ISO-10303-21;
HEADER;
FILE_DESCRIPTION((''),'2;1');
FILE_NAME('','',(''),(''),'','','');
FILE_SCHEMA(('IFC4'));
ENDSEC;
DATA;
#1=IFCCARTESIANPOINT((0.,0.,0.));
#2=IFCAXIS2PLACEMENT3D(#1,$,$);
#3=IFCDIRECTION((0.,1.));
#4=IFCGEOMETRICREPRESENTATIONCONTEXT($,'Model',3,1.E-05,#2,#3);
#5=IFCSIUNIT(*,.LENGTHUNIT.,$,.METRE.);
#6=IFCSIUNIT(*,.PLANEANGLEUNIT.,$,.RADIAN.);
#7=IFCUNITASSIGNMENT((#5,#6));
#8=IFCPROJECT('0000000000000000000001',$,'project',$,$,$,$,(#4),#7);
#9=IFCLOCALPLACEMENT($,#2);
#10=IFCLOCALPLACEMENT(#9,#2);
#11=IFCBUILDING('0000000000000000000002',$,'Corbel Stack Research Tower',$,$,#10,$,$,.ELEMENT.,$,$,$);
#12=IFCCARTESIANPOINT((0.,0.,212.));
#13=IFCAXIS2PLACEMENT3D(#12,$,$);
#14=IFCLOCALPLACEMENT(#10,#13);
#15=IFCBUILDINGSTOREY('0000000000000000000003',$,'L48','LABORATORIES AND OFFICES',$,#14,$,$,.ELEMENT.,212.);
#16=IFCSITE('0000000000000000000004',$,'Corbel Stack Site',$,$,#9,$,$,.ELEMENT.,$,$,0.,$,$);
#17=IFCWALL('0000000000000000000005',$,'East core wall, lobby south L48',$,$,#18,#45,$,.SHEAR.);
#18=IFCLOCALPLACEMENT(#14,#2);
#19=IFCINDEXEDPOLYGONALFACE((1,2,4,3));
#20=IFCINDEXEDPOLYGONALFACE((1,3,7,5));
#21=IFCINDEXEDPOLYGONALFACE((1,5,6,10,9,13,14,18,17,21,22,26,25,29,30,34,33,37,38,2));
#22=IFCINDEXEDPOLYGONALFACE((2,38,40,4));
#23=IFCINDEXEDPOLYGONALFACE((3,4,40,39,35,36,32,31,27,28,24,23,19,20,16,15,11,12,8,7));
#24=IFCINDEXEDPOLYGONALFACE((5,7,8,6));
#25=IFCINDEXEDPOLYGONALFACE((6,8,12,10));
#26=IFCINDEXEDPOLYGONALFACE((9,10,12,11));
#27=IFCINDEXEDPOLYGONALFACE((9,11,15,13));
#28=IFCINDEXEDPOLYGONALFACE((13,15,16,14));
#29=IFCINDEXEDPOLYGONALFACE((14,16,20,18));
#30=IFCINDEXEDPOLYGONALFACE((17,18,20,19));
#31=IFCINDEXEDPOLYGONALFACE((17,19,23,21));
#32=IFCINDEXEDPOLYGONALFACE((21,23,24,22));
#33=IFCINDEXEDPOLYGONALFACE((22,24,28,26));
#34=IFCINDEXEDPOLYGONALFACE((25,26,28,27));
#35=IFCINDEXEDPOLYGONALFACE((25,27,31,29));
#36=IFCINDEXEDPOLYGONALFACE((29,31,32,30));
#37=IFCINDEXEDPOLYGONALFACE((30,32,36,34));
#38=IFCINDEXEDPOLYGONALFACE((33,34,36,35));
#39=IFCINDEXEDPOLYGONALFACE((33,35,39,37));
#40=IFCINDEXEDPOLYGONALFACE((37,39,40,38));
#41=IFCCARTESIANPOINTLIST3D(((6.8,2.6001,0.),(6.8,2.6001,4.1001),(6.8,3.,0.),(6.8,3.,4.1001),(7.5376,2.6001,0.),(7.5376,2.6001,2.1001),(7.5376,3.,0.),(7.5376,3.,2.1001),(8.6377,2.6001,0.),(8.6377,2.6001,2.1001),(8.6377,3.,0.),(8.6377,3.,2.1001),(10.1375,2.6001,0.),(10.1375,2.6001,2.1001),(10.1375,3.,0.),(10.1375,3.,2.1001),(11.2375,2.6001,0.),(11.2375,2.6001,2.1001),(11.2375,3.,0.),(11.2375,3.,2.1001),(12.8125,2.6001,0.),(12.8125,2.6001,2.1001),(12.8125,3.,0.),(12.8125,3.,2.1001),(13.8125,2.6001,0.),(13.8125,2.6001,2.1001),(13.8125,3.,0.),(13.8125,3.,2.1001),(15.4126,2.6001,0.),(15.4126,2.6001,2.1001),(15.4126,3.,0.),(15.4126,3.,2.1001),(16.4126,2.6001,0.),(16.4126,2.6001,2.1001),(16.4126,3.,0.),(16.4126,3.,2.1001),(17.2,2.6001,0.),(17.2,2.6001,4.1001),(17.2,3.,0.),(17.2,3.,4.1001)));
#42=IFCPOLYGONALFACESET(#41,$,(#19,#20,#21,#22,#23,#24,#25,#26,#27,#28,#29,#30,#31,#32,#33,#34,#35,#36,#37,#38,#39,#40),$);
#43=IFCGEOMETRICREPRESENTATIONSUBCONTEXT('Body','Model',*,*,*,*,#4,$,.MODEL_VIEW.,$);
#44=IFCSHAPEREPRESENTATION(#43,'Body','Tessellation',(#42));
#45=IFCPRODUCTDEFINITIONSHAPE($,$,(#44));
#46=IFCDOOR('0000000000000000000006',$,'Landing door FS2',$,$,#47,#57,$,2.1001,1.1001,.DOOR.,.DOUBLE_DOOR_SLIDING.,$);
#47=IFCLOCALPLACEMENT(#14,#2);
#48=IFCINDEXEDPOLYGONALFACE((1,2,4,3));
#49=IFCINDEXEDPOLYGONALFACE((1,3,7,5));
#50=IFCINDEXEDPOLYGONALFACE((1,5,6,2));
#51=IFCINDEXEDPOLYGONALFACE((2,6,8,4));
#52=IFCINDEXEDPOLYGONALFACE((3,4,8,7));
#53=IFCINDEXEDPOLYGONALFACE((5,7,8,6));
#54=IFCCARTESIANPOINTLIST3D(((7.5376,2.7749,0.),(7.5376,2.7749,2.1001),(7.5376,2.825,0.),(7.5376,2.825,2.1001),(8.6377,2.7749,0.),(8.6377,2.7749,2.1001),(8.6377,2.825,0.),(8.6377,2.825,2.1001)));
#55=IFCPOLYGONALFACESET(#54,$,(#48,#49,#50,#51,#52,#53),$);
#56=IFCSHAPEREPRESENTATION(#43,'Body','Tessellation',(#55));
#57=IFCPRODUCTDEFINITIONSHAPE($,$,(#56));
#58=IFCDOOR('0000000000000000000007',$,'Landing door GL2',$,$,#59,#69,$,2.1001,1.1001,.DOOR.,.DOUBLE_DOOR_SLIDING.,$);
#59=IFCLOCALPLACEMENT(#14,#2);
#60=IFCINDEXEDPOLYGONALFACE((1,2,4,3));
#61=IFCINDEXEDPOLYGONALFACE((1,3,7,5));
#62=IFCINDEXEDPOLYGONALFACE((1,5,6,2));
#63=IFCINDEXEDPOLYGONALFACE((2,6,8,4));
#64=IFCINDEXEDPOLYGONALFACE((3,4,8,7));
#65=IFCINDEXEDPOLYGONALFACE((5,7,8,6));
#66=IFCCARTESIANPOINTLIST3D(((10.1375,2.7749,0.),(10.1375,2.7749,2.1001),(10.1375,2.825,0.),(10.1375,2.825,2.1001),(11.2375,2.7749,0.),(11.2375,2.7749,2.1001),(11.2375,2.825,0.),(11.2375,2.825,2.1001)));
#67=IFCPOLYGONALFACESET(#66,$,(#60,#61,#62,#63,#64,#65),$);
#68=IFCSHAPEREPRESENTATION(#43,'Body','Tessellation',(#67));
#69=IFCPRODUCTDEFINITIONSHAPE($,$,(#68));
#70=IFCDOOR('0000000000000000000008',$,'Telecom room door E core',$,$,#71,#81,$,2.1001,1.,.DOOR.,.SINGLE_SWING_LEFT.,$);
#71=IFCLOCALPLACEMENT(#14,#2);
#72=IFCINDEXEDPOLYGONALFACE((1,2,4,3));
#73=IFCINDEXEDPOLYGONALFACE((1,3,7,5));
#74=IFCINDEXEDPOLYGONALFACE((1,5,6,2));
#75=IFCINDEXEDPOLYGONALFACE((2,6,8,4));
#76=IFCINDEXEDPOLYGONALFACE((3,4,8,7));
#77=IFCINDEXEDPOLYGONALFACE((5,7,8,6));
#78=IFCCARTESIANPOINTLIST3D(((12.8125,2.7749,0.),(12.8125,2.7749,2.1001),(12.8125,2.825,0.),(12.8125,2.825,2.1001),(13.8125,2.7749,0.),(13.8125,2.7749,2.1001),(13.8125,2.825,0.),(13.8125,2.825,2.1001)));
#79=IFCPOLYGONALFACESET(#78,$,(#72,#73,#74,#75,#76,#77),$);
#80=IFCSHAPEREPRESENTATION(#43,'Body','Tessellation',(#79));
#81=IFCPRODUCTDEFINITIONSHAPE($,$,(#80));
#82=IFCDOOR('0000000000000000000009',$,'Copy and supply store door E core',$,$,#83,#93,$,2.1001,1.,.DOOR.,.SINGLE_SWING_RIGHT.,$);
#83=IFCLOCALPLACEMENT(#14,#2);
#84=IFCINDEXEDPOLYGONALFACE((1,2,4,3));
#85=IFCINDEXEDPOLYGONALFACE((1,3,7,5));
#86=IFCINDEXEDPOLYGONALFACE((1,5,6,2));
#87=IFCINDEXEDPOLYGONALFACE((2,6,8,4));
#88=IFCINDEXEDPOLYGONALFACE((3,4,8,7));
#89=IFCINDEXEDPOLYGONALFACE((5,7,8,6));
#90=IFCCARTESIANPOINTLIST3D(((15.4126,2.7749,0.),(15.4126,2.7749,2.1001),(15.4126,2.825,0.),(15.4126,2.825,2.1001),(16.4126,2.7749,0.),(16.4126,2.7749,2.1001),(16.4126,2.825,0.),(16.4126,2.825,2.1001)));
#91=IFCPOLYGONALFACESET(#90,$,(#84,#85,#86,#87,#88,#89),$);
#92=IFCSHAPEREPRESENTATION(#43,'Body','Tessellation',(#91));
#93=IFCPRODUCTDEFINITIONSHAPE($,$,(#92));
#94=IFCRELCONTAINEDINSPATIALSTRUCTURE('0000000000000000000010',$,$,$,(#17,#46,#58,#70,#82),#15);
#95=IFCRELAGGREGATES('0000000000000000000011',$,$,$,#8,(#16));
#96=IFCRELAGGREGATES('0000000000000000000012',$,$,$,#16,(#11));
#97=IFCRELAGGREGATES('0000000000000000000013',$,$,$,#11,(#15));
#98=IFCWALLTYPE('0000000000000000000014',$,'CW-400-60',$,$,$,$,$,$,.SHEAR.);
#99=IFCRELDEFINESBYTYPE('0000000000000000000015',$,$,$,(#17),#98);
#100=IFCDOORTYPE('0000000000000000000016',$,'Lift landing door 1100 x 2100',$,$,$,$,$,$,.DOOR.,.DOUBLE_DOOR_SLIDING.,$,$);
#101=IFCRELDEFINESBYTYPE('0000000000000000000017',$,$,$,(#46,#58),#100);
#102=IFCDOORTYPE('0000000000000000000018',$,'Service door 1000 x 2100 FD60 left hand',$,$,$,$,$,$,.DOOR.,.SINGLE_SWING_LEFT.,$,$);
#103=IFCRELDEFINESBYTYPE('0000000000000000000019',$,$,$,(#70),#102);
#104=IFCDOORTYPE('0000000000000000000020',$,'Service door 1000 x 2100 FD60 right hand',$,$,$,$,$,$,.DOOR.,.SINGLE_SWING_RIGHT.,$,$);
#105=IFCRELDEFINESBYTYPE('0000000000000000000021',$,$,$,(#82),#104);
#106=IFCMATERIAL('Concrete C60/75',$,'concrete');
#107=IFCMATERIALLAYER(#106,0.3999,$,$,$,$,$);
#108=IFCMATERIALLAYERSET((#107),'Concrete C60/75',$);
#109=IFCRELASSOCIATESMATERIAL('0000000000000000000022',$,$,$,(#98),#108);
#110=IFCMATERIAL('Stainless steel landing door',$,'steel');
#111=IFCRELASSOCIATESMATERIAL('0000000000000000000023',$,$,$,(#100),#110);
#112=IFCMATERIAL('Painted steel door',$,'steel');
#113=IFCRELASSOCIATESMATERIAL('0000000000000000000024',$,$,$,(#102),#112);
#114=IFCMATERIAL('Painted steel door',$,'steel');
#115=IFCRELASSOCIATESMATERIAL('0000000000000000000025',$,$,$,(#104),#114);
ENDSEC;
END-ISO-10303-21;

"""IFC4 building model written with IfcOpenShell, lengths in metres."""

from ifc_helpers import new_model, si_unit, direction, frame, frame_2d, origin, place, context, subcontext, project, spatial, rectangle, extrude, material, layer, layer_set, type_object, element, fill, save


model = new_model("IFC4")

# Units and contexts
model_context = context("Model", 3, precision=1e-05, world=origin(), true_north=direction((0.0, 1.0)))
body_context = subcontext(model_context, "Body", "Model", "MODEL_VIEW")
ifc_project = project(units=[si_unit("LENGTHUNIT", "METRE"), si_unit("PLANEANGLEUNIT", "RADIAN")], contexts=[model_context])

# Site, building, storey
site_placement = place(None, origin())
site = spatial("IfcSite", under=ifc_project, at=site_placement, Name="Corbel Stack Site", CompositionType="ELEMENT", RefElevation=0.0)
building_placement = place(site_placement, origin())
building = spatial("IfcBuilding", under=site, at=building_placement, Name="Corbel Stack Research Tower", CompositionType="ELEMENT")
storey_placement = place(building_placement, frame((0.0, 0.0, 212.0)))
storey = spatial("IfcBuildingStorey", under=building, at=storey_placement, Name="L48", Description="LABORATORIES AND OFFICES", CompositionType="ELEMENT", Elevation=212.0)

# Wall, openings, doors
ifc_material_1 = material(Name="Concrete C60/75", Category="concrete")
ifc_layer_1 = layer(ifc_material_1, 0.3999)
ifc_layer_set_1 = layer_set([ifc_layer_1], Name="Concrete C60/75")
wall_type_1 = type_object("IfcWallType", Name="CW-400-60", PredefinedType="SHEAR", material=ifc_layer_set_1)
wall_1_placement = place(storey_placement, frame((6.8, 2.8, 0.0), z_axis=(0.0, 0.0, 1.0), x_axis=(1.0, 0.0, 0.0)))
wall_1 = element("IfcWall", 1, at=wall_1_placement, inside=storey, type_object=wall_type_1, Name="East core wall, lobby south L48", PredefinedType="SHEAR", context=body_context, shape_type="SweptSolid", body=[
    extrude(rectangle(XDim=10.3999, YDim=0.3999, at=frame_2d((5.2, 0.0))), origin(), (0.0, 0.0, 1.0), 4.1001),
])
opening_1_placement = place(wall_1_placement, frame((0.7375, 0.0, 0.0)))
opening_1 = element("IfcOpeningElement", 2, at=opening_1_placement, cuts=wall_1, PredefinedType="OPENING", context=body_context, shape_type="SweptSolid", body=[
    extrude(rectangle(XDim=1.1001, YDim=2.1001, at=frame_2d((0.55, 1.05))), frame((0.0, 0.21, 0.0), z_axis=(0.0, -1.0, 0.0), x_axis=(1.0, 0.0, 0.0)), (0.0, 0.0, 1.0), 0.4199),
])
opening_2_placement = place(wall_1_placement, frame((3.3374, 0.0, 0.0)))
opening_2 = element("IfcOpeningElement", 3, at=opening_2_placement, cuts=wall_1, PredefinedType="OPENING", context=body_context, shape_type="SweptSolid", body=[
    extrude(rectangle(XDim=1.1001, YDim=2.1001, at=frame_2d((0.55, 1.05))), frame((0.0, 0.21, 0.0), z_axis=(0.0, -1.0, 0.0), x_axis=(1.0, 0.0, 0.0)), (0.0, 0.0, 1.0), 0.4199),
])
opening_3_placement = place(wall_1_placement, frame((6.0125, 0.0, 0.0)))
opening_3 = element("IfcOpeningElement", 4, at=opening_3_placement, cuts=wall_1, PredefinedType="OPENING", context=body_context, shape_type="SweptSolid", body=[
    extrude(rectangle(XDim=1.0, YDim=2.1001, at=frame_2d((0.5, 1.05))), frame((0.0, 0.21, 0.0), z_axis=(0.0, -1.0, 0.0), x_axis=(1.0, 0.0, 0.0)), (0.0, 0.0, 1.0), 0.4199),
])
opening_4_placement = place(wall_1_placement, frame((8.6125, 0.0, 0.0)))
opening_4 = element("IfcOpeningElement", 5, at=opening_4_placement, cuts=wall_1, PredefinedType="OPENING", context=body_context, shape_type="SweptSolid", body=[
    extrude(rectangle(XDim=1.0, YDim=2.1001, at=frame_2d((0.5, 1.05))), frame((0.0, 0.21, 0.0), z_axis=(0.0, -1.0, 0.0), x_axis=(1.0, 0.0, 0.0)), (0.0, 0.0, 1.0), 0.4199),
])
ifc_material_2 = material(Name="Stainless steel landing door", Category="steel")
door_type_1 = type_object("IfcDoorType", Name="Lift landing door 1100 x 2100", OperationType="DOUBLE_DOOR_SLIDING", PredefinedType="DOOR", material=ifc_material_2)
door_1_placement = place(opening_1_placement, origin())
door_1 = element("IfcDoor", 6, at=door_1_placement, inside=storey, type_object=door_type_1, Name="Landing door FS2", OperationType="DOUBLE_DOOR_SLIDING", OverallHeight=2.1001, OverallWidth=1.1001, PredefinedType="DOOR", context=body_context, shape_type="SweptSolid", body=[
    extrude(rectangle(XDim=1.1001, YDim=2.1001, at=frame_2d((0.55, 1.05))), frame((0.0, 0.0249, 0.0), z_axis=(0.0, -1.0, 0.0), x_axis=(1.0, 0.0, 0.0)), (0.0, 0.0, 1.0), 0.05),
])
fill(opening_1, door_1)
door_2_placement = place(opening_2_placement, origin())
door_2 = element("IfcDoor", 7, at=door_2_placement, inside=storey, type_object=door_type_1, Name="Landing door GL2", OperationType="DOUBLE_DOOR_SLIDING", OverallHeight=2.1001, OverallWidth=1.1001, PredefinedType="DOOR", context=body_context, shape_type="SweptSolid", body=[
    extrude(rectangle(XDim=1.1001, YDim=2.1001, at=frame_2d((0.55, 1.05))), frame((0.0, 0.0249, 0.0), z_axis=(0.0, -1.0, 0.0), x_axis=(1.0, 0.0, 0.0)), (0.0, 0.0, 1.0), 0.05),
])
fill(opening_2, door_2)
ifc_material_3 = material(Name="Painted steel door", Category="steel")
door_type_2 = type_object("IfcDoorType", Name="Service door 1000 x 2100 FD60 left hand", OperationType="SINGLE_SWING_LEFT", PredefinedType="DOOR", material=ifc_material_3)
door_3_placement = place(opening_3_placement, origin())
door_3 = element("IfcDoor", 8, at=door_3_placement, inside=storey, type_object=door_type_2, Name="Telecom room door E core", OperationType="SINGLE_SWING_LEFT", OverallHeight=2.1001, OverallWidth=1.0, PredefinedType="DOOR", context=body_context, shape_type="SweptSolid", body=[
    extrude(rectangle(XDim=1.0, YDim=2.1001, at=frame_2d((0.5, 1.05))), frame((0.0, 0.0249, 0.0), z_axis=(0.0, -1.0, 0.0), x_axis=(1.0, 0.0, 0.0)), (0.0, 0.0, 1.0), 0.05),
])
fill(opening_3, door_3)
ifc_material_4 = material(Name="Painted steel door", Category="steel")
door_type_3 = type_object("IfcDoorType", Name="Service door 1000 x 2100 FD60 right hand", OperationType="SINGLE_SWING_RIGHT", PredefinedType="DOOR", material=ifc_material_4)
door_4_placement = place(opening_4_placement, origin())
door_4 = element("IfcDoor", 9, at=door_4_placement, inside=storey, type_object=door_type_3, Name="Copy and supply store door E core", OperationType="SINGLE_SWING_RIGHT", OverallHeight=2.1001, OverallWidth=1.0, PredefinedType="DOOR", context=body_context, shape_type="SweptSolid", body=[
    extrude(rectangle(XDim=1.0, YDim=2.1001, at=frame_2d((0.5, 1.05))), frame((0.0, 0.0249, 0.0), z_axis=(0.0, -1.0, 0.0), x_axis=(1.0, 0.0, 0.0)), (0.0, 0.0, 1.0), 0.05),
])
fill(opening_4, door_4)

save(model, "model.ifc")
